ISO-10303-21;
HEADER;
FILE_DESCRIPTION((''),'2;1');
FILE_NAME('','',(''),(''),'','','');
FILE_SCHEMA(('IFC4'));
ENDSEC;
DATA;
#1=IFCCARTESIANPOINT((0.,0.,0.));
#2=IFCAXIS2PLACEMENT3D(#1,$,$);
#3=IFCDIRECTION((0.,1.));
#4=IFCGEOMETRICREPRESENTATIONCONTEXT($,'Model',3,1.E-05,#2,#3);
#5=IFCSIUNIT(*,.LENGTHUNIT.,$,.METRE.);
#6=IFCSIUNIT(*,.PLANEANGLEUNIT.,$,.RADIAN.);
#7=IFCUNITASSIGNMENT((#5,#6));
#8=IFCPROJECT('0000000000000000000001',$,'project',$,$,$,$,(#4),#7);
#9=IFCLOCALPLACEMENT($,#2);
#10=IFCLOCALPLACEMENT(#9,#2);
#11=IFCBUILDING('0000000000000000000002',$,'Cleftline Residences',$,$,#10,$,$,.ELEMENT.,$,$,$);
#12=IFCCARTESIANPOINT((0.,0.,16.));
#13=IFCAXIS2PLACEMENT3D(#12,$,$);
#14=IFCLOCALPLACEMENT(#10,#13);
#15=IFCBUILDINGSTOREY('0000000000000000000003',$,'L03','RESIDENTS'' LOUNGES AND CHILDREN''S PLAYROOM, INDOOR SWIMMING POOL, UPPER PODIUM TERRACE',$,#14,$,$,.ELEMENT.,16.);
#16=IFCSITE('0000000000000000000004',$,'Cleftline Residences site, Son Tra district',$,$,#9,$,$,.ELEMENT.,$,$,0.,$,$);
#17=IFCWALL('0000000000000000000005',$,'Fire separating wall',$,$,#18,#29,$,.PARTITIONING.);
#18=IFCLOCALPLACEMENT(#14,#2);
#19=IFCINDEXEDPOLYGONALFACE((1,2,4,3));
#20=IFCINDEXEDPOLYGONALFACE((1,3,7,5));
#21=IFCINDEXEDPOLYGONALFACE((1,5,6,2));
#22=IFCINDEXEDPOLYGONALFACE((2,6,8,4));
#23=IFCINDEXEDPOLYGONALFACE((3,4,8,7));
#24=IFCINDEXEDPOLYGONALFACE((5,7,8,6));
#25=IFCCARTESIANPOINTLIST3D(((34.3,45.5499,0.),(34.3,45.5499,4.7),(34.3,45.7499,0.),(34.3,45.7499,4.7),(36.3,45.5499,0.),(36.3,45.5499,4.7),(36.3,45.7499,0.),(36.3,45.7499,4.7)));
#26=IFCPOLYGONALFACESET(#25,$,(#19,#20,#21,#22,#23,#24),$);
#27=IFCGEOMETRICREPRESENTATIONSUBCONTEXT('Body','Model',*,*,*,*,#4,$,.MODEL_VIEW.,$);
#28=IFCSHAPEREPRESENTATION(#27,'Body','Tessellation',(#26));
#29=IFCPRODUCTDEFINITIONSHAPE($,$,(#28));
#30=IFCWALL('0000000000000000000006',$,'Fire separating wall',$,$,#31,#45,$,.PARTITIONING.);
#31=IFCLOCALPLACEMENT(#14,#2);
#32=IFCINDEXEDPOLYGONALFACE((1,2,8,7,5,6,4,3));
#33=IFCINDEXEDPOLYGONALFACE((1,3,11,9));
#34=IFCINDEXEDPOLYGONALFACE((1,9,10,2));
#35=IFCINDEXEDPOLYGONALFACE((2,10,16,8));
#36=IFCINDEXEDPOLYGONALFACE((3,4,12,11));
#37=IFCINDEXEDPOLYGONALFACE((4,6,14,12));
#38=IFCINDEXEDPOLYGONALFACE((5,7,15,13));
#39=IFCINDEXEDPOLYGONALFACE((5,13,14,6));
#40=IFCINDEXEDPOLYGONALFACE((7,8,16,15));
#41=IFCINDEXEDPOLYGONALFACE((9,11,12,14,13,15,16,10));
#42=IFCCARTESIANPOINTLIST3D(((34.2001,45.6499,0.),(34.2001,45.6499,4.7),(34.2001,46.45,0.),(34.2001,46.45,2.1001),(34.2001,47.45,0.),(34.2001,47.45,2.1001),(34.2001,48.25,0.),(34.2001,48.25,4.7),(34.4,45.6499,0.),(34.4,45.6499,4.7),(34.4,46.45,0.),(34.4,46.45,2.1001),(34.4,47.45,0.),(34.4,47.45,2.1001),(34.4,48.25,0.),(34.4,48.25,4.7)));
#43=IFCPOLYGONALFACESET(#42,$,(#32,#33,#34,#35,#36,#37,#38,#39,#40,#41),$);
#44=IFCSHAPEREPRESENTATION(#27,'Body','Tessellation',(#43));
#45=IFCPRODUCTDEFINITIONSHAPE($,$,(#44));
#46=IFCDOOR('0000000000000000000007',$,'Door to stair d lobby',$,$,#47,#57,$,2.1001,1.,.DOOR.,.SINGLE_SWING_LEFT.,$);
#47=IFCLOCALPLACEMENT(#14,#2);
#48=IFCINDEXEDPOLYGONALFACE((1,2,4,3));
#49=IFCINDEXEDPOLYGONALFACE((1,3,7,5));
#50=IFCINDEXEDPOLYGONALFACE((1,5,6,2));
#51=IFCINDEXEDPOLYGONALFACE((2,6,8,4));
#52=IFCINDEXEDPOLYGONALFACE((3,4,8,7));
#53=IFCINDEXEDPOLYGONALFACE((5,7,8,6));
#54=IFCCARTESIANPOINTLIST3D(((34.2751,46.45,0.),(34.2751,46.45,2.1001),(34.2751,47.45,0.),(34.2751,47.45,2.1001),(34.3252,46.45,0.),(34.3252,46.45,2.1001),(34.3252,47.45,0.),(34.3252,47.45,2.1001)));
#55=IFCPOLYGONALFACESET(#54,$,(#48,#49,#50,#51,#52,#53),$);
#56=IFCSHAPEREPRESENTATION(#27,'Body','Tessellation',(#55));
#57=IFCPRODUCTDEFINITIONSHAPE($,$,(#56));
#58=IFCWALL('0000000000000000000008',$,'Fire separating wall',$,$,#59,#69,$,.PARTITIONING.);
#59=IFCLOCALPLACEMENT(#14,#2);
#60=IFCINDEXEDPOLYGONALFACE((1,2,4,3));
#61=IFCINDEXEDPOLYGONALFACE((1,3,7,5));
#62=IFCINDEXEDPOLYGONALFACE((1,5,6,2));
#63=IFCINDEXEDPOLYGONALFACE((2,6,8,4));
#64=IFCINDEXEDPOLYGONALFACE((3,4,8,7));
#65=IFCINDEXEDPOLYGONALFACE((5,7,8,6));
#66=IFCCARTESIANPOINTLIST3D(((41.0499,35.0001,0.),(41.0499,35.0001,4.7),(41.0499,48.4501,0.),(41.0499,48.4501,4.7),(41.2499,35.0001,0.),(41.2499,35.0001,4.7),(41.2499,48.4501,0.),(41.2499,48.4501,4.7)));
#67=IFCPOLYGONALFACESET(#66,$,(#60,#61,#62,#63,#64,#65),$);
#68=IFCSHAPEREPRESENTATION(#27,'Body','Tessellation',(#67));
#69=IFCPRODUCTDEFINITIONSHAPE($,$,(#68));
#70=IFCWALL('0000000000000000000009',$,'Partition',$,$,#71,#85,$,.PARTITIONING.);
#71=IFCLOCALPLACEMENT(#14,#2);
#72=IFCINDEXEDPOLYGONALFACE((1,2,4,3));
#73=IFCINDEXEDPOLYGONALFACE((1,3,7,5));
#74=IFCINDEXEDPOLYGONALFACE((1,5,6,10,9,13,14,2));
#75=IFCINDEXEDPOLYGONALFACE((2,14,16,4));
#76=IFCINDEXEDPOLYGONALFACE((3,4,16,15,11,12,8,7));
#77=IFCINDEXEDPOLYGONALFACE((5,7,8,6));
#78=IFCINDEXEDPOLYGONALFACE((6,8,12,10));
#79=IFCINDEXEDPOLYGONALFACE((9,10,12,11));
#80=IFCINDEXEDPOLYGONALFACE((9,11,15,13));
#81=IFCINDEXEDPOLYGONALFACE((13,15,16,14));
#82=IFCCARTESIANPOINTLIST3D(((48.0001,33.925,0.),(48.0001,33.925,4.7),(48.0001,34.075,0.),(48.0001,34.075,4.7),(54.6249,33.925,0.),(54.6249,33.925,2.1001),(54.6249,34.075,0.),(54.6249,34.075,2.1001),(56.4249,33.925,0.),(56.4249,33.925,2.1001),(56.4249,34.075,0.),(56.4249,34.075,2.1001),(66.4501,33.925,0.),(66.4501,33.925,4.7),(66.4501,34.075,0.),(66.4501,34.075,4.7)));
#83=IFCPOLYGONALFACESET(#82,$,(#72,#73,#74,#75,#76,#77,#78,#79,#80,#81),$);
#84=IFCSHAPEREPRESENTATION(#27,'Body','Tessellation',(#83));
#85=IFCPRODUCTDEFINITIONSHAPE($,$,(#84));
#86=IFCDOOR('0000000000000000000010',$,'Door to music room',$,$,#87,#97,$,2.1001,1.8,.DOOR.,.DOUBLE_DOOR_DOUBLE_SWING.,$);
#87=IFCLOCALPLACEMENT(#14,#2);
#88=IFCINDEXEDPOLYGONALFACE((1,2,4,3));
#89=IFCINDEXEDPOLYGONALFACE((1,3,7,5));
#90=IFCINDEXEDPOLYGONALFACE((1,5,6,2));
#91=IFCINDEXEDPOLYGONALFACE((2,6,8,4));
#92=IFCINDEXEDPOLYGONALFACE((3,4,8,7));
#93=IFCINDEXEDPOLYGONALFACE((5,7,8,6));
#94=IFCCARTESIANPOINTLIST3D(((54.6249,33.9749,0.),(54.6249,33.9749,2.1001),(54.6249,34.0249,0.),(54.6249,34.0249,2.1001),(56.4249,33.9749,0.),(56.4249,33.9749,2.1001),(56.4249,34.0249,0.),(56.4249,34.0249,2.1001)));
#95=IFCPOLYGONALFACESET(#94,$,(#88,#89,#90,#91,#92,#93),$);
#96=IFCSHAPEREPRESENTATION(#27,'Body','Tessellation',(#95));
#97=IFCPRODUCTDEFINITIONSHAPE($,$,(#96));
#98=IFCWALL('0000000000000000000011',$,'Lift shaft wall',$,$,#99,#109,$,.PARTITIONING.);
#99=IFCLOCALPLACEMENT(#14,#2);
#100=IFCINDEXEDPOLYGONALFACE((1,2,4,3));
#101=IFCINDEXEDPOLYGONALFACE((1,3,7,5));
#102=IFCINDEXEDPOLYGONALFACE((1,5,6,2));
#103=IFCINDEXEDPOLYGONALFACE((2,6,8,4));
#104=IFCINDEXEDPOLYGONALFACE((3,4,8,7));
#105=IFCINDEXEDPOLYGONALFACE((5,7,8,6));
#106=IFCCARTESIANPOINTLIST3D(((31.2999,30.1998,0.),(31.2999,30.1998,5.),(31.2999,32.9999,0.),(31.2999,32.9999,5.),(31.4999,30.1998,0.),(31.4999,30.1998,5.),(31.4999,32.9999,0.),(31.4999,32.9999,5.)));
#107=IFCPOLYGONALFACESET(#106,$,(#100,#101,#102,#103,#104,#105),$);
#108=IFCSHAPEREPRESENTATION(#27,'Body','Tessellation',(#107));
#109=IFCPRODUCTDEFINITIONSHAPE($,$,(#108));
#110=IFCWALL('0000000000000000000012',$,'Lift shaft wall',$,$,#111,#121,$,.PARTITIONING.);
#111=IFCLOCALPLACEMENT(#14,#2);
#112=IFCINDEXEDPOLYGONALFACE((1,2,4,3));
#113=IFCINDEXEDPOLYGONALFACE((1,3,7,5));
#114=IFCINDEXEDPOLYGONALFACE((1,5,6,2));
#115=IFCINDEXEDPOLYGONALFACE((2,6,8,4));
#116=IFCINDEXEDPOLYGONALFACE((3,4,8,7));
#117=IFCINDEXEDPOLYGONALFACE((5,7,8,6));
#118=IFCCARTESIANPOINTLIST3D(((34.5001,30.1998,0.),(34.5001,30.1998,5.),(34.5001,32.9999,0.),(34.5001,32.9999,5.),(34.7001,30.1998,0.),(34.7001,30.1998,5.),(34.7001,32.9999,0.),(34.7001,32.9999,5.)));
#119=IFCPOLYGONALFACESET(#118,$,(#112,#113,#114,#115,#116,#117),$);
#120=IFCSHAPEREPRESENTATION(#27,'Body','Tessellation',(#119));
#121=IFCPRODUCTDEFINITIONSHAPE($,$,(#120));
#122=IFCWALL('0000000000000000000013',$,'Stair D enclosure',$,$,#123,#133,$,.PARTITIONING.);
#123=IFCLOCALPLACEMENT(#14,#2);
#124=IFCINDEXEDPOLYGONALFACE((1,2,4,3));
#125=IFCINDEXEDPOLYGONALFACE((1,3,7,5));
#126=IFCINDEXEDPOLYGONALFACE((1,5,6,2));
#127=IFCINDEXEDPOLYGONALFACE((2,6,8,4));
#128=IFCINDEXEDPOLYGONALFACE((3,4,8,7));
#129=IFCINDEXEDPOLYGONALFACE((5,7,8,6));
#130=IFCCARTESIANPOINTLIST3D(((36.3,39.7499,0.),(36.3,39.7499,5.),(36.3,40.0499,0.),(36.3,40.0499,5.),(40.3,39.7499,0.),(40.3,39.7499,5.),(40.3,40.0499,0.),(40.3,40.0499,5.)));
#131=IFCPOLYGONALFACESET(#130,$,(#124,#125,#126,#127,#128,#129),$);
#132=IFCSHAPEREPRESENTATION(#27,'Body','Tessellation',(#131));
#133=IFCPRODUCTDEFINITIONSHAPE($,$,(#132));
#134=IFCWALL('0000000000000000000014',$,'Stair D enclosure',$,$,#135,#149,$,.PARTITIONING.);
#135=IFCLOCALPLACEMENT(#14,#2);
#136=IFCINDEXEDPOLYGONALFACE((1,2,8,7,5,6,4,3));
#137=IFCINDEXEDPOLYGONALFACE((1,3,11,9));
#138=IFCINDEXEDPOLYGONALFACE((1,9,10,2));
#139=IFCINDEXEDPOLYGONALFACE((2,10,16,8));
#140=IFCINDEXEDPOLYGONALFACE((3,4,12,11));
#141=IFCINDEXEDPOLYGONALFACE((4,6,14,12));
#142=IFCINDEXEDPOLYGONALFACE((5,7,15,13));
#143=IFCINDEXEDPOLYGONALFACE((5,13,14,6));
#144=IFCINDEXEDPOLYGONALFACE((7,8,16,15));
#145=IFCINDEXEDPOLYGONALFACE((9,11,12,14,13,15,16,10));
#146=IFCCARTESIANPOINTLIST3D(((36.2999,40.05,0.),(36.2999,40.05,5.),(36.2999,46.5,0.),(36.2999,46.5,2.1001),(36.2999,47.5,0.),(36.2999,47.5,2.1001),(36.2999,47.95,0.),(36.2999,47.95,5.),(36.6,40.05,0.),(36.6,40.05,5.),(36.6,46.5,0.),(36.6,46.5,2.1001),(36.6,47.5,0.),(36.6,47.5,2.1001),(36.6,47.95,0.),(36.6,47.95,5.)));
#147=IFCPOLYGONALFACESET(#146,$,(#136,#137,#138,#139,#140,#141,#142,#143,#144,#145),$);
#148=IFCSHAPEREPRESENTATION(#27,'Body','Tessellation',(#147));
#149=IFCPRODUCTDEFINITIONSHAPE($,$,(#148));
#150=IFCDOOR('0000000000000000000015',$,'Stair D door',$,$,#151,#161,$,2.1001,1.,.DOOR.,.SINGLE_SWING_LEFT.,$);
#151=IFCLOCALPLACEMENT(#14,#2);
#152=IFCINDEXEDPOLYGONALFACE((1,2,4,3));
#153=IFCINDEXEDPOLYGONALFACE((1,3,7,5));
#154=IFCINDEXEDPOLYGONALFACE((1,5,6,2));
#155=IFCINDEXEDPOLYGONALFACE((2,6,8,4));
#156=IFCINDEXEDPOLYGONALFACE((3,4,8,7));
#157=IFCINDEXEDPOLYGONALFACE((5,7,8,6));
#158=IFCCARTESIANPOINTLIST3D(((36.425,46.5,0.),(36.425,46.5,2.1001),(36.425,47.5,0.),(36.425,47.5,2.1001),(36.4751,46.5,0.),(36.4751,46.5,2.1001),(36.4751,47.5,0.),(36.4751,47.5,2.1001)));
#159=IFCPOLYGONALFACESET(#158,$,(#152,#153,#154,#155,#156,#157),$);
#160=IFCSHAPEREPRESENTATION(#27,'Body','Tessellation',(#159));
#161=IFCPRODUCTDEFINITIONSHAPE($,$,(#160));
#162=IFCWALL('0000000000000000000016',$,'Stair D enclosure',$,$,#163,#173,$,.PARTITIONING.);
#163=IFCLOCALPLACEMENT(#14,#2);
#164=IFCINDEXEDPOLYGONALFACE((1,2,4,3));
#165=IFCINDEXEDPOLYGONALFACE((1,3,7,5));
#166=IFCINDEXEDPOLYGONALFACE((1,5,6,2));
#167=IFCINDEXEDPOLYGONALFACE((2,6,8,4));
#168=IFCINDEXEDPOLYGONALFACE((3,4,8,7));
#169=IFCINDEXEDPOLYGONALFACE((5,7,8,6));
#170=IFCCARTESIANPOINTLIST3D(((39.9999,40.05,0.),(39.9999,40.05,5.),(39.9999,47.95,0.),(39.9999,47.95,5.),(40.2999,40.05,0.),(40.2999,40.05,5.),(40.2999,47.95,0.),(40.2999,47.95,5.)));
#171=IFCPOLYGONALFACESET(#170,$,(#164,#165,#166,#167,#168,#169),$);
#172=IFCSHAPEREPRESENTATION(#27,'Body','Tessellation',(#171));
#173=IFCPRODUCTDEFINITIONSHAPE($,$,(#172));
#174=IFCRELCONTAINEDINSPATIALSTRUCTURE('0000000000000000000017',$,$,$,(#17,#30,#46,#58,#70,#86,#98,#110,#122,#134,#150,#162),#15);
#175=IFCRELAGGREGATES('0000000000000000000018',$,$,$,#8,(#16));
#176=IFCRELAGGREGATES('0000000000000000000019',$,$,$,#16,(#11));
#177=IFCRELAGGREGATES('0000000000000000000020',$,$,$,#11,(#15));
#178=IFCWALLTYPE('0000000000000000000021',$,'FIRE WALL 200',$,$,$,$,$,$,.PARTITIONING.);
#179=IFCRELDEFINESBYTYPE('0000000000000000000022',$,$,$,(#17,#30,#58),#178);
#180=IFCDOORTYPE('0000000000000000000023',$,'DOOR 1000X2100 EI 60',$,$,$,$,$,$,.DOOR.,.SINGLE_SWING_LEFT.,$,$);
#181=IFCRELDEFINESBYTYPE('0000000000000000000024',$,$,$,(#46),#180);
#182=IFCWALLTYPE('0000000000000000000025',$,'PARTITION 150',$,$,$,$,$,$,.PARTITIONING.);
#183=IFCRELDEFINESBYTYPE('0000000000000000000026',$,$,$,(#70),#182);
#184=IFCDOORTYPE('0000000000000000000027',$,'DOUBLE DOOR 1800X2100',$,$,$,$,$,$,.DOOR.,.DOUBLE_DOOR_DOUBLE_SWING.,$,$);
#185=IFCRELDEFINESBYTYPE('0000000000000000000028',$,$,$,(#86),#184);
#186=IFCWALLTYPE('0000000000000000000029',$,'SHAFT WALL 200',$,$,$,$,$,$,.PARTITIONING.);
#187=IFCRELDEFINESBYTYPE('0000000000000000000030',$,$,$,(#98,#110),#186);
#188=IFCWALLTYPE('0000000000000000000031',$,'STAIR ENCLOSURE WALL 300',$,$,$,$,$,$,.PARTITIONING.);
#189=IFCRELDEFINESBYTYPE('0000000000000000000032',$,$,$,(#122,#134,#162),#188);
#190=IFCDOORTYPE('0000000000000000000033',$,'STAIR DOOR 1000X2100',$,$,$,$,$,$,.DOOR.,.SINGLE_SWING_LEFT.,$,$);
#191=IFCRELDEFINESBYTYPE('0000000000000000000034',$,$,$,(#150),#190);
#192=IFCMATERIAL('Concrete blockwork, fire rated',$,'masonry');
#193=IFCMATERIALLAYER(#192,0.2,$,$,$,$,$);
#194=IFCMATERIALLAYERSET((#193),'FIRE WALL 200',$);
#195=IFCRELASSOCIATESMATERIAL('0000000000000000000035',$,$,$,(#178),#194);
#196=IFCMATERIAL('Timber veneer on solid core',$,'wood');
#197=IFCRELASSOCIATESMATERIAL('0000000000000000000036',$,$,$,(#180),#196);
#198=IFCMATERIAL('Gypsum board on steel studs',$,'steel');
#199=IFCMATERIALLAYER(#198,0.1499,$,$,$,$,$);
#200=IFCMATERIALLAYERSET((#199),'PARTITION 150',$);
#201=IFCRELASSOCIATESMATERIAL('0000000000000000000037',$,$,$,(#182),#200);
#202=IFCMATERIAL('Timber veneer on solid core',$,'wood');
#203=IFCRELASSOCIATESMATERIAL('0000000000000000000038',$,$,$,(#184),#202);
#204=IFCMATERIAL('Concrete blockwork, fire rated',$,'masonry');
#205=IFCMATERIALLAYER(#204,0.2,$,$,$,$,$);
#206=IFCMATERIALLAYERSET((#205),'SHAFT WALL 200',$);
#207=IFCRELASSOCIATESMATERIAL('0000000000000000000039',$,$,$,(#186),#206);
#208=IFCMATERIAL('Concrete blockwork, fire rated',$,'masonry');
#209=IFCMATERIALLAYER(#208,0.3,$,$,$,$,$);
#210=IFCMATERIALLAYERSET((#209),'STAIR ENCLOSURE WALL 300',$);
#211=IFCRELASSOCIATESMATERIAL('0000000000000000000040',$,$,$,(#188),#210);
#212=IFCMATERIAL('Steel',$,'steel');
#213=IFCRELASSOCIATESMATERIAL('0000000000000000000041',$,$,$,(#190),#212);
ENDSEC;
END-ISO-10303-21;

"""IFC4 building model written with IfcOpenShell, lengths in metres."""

from ifc_helpers import new_model, si_unit, direction, frame, frame_2d, origin, place, context, subcontext, project, spatial, rectangle, extrude, material, layer, layer_set, type_object, element, fill, save


model = new_model("IFC4")

# Units and contexts
model_context = context("Model", 3, precision=1e-05, world=origin(), true_north=direction((0.0, 1.0)))
body_context = subcontext(model_context, "Body", "Model", "MODEL_VIEW")
ifc_project = project(units=[si_unit("LENGTHUNIT", "METRE"), si_unit("PLANEANGLEUNIT", "RADIAN")], contexts=[model_context])

# Site, building, storey
site_placement = place(None, origin())
site = spatial("IfcSite", under=ifc_project, at=site_placement, Name="Cleftline Residences site, Son Tra district", CompositionType="ELEMENT", RefElevation=0.0)
building_placement = place(site_placement, origin())
building = spatial("IfcBuilding", under=site, at=building_placement, Name="Cleftline Residences", CompositionType="ELEMENT")
storey_placement = place(building_placement, frame((0.0, 0.0, 16.0)))
storey = spatial("IfcBuildingStorey", under=building, at=storey_placement, Name="L03", Description="RESIDENTS' LOUNGES AND CHILDREN'S PLAYROOM, INDOOR SWIMMING POOL, UPPER PODIUM TERRACE", CompositionType="ELEMENT", Elevation=16.0)

# Shared definitions
ifc_material_1 = material(Name="Concrete blockwork, fire rated", Category="masonry")
ifc_layer_1 = layer(ifc_material_1, 0.2)
ifc_layer_set_1 = layer_set([ifc_layer_1], Name="FIRE WALL 200")
wall_type_1 = type_object("IfcWallType", Name="FIRE WALL 200", PredefinedType="PARTITIONING", material=ifc_layer_set_1)
ifc_material_2 = material(Name="Timber veneer on solid core", Category="wood")
door_type_1 = type_object("IfcDoorType", Name="DOOR 1000X2100 EI 60", OperationType="SINGLE_SWING_LEFT", PredefinedType="DOOR", material=ifc_material_2)

# Wall
wall_1_placement = place(storey_placement, frame((34.3, 45.6499, 0.0), z_axis=(0.0, 0.0, 1.0), x_axis=(1.0, 0.0, 0.0)))
element("IfcWall", 1, at=wall_1_placement, inside=storey, type_object=wall_type_1, Name="Fire separating wall", PredefinedType="PARTITIONING", context=body_context, shape_type="SweptSolid", body=[
    extrude(rectangle(XDim=2.0, YDim=0.2, at=frame_2d((1.0, 0.0))), origin(), (0.0, 0.0, 1.0), 4.7),
])

# Wall, opening, door
wall_2_placement = place(storey_placement, frame((34.3, 45.6499, 0.0), z_axis=(0.0, 0.0, 1.0), x_axis=(0.0, 1.0, 0.0)))
wall_2 = element("IfcWall", 2, at=wall_2_placement, inside=storey, type_object=wall_type_1, Name="Fire separating wall", PredefinedType="PARTITIONING", context=body_context, shape_type="SweptSolid", body=[
    extrude(rectangle(XDim=2.6001, YDim=0.2, at=frame_2d((1.3, 0.0))), origin(), (0.0, 0.0, 1.0), 4.7),
])
opening_1_placement = place(wall_2_placement, frame((0.8, 0.0, 0.0)))
opening_1 = element("IfcOpeningElement", 3, at=opening_1_placement, cuts=wall_2, PredefinedType="OPENING", context=body_context, shape_type="SweptSolid", body=[
    extrude(rectangle(XDim=1.0, YDim=2.1001, at=frame_2d((0.5, 1.05))), frame((0.0, 0.1099, 0.0), z_axis=(0.0, -1.0, 0.0), x_axis=(1.0, 0.0, 0.0)), (0.0, 0.0, 1.0), 0.22),
])
door_1_placement = place(opening_1_placement, origin())
door_1 = element("IfcDoor", 4, at=door_1_placement, inside=storey, type_object=door_type_1, Name="Door to stair d lobby", OperationType="SINGLE_SWING_LEFT", OverallHeight=2.1001, OverallWidth=1.0, PredefinedType="DOOR", context=body_context, shape_type="SweptSolid", body=[
    extrude(rectangle(XDim=1.0, YDim=2.1001, at=frame_2d((0.5, 1.05))), frame((0.0, 0.0249, 0.0), z_axis=(0.0, -1.0, 0.0), x_axis=(1.0, 0.0, 0.0)), (0.0, 0.0, 1.0), 0.05),
])
fill(opening_1, door_1)

# Wall
wall_3_placement = place(storey_placement, frame((41.1499, 35.0, 0.0), z_axis=(0.0, 0.0, 1.0), x_axis=(0.0, 1.0, 0.0)))
element("IfcWall", 5, at=wall_3_placement, inside=storey, type_object=wall_type_1, Name="Fire separating wall", PredefinedType="PARTITIONING", context=body_context, shape_type="SweptSolid", body=[
    extrude(rectangle(XDim=13.45, YDim=0.2, at=frame_2d((6.7251, 0.0))), origin(), (0.0, 0.0, 1.0), 4.7),
])

# Wall, opening, door
ifc_material_3 = material(Name="Gypsum board on steel studs", Category="steel")
ifc_layer_2 = layer(ifc_material_3, 0.1499)
ifc_layer_set_2 = layer_set([ifc_layer_2], Name="PARTITION 150")
wall_type_2 = type_object("IfcWallType", Name="PARTITION 150", PredefinedType="PARTITIONING", material=ifc_layer_set_2)
wall_4_placement = place(storey_placement, frame((48.0, 34.0, 0.0), z_axis=(0.0, 0.0, 1.0), x_axis=(1.0, 0.0, 0.0)))
wall_4 = element("IfcWall", 6, at=wall_4_placement, inside=storey, type_object=wall_type_2, Name="Partition", PredefinedType="PARTITIONING", context=body_context, shape_type="SweptSolid", body=[
    extrude(rectangle(XDim=18.45, YDim=0.1499, at=frame_2d((9.2251, 0.0))), origin(), (0.0, 0.0, 1.0), 4.7),
])
opening_2_placement = place(wall_4_placement, frame((6.625, 0.0, 0.0)))
opening_2 = element("IfcOpeningElement", 7, at=opening_2_placement, cuts=wall_4, PredefinedType="OPENING", context=body_context, shape_type="SweptSolid", body=[
    extrude(rectangle(XDim=1.8, YDim=2.1001, at=frame_2d((0.8999, 1.05))), frame((0.0, 0.085, 0.0), z_axis=(0.0, -1.0, 0.0), x_axis=(1.0, 0.0, 0.0)), (0.0, 0.0, 1.0), 0.1699),
])
ifc_material_4 = material(Name="Timber veneer on solid core", Category="wood")
door_type_2 = type_object("IfcDoorType", Name="DOUBLE DOOR 1800X2100", OperationType="DOUBLE_DOOR_DOUBLE_SWING", PredefinedType="DOOR", material=ifc_material_4)
door_2_placement = place(opening_2_placement, origin())
door_2 = element("IfcDoor", 8, at=door_2_placement, inside=storey, type_object=door_type_2, Name="Door to music room", OperationType="DOUBLE_DOOR_DOUBLE_SWING", OverallHeight=2.1001, OverallWidth=1.8, PredefinedType="DOOR", context=body_context, shape_type="SweptSolid", body=[
    extrude(rectangle(XDim=1.8, YDim=2.1001, at=frame_2d((0.8999, 1.05))), frame((0.0, 0.0249, 0.0), z_axis=(0.0, -1.0, 0.0), x_axis=(1.0, 0.0, 0.0)), (0.0, 0.0, 1.0), 0.05),
])
fill(opening_2, door_2)

# Walls
ifc_material_5 = material(Name="Concrete blockwork, fire rated", Category="masonry")
ifc_layer_3 = layer(ifc_material_5, 0.2)
ifc_layer_set_3 = layer_set([ifc_layer_3], Name="SHAFT WALL 200")
wall_type_3 = type_object("IfcWallType", Name="SHAFT WALL 200", PredefinedType="PARTITIONING", material=ifc_layer_set_3)
for number, where, z_axis, x_axis, name in (
    (9, (31.3999, 30.2, 0.0), (0.0, 0.0, 1.0), (0.0, 1.0, 0.0), "Lift shaft wall"),
    (10, (34.6001, 30.2, 0.0), (0.0, 0.0, 1.0), (0.0, 1.0, 0.0), "Lift shaft wall"),
):
    element("IfcWall", number, at=place(storey_placement, frame(where, z_axis=z_axis, x_axis=x_axis)), inside=storey, type_object=wall_type_3, Name=name, PredefinedType="PARTITIONING", context=body_context, shape_type="SweptSolid", body=[
        extrude(rectangle(XDim=2.8, YDim=0.2, at=frame_2d((1.3999, 0.0))), origin(), (0.0, 0.0, 1.0), 5.0),
    ])
ifc_material_6 = material(Name="Concrete blockwork, fire rated", Category="masonry")
ifc_layer_4 = layer(ifc_material_6, 0.3)
ifc_layer_set_4 = layer_set([ifc_layer_4], Name="STAIR ENCLOSURE WALL 300")
wall_type_4 = type_object("IfcWallType", Name="STAIR ENCLOSURE WALL 300", PredefinedType="PARTITIONING", material=ifc_layer_set_4)
wall_5_placement = place(storey_placement, frame((36.3, 39.8999, 0.0), z_axis=(0.0, 0.0, 1.0), x_axis=(1.0, 0.0, 0.0)))
element("IfcWall", 11, at=wall_5_placement, inside=storey, type_object=wall_type_4, Name="Stair D enclosure", PredefinedType="PARTITIONING", context=body_context, shape_type="SweptSolid", body=[
    extrude(rectangle(XDim=4.0, YDim=0.3, at=frame_2d((2.0, 0.0))), origin(), (0.0, 0.0, 1.0), 5.0),
])

# Wall, opening, door
wall_6_placement = place(storey_placement, frame((36.45, 40.05, 0.0), z_axis=(0.0, 0.0, 1.0), x_axis=(0.0, 1.0, 0.0)))
wall_6 = element("IfcWall", 12, at=wall_6_placement, inside=storey, type_object=wall_type_4, Name="Stair D enclosure", PredefinedType="PARTITIONING", context=body_context, shape_type="SweptSolid", body=[
    extrude(rectangle(XDim=7.8999, YDim=0.3, at=frame_2d((3.95, 0.0))), origin(), (0.0, 0.0, 1.0), 5.0),
])
opening_3_placement = place(wall_6_placement, frame((6.45, 0.0, 0.0)))
opening_3 = element("IfcOpeningElement", 13, at=opening_3_placement, cuts=wall_6, PredefinedType="OPENING", context=body_context, shape_type="SweptSolid", body=[
    extrude(rectangle(XDim=1.0, YDim=2.1001, at=frame_2d((0.5, 1.05))), frame((0.0, 0.1599, 0.0), z_axis=(0.0, -1.0, 0.0), x_axis=(1.0, 0.0, 0.0)), (0.0, 0.0, 1.0), 0.3201),
])
ifc_material_7 = material(Name="Steel", Category="steel")
door_type_3 = type_object("IfcDoorType", Name="STAIR DOOR 1000X2100", OperationType="SINGLE_SWING_LEFT", PredefinedType="DOOR", material=ifc_material_7)
door_3_placement = place(opening_3_placement, origin())
door_3 = element("IfcDoor", 14, at=door_3_placement, inside=storey, type_object=door_type_3, Name="Stair D door", OperationType="SINGLE_SWING_LEFT", OverallHeight=2.1001, OverallWidth=1.0, PredefinedType="DOOR", context=body_context, shape_type="SweptSolid", body=[
    extrude(rectangle(XDim=1.0, YDim=2.1001, at=frame_2d((0.5, 1.05))), frame((0.0, 0.0249, 0.0), z_axis=(0.0, -1.0, 0.0), x_axis=(1.0, 0.0, 0.0)), (0.0, 0.0, 1.0), 0.05),
])
fill(opening_3, door_3)

# Wall
wall_7_placement = place(storey_placement, frame((40.1499, 40.05, 0.0), z_axis=(0.0, 0.0, 1.0), x_axis=(0.0, 1.0, 0.0)))
element("IfcWall", 15, at=wall_7_placement, inside=storey, type_object=wall_type_4, Name="Stair D enclosure", PredefinedType="PARTITIONING", context=body_context, shape_type="SweptSolid", body=[
    extrude(rectangle(XDim=7.8999, YDim=0.3, at=frame_2d((3.95, 0.0))), origin(), (0.0, 0.0, 1.0), 5.0),
])

save(model, "model.ifc")
